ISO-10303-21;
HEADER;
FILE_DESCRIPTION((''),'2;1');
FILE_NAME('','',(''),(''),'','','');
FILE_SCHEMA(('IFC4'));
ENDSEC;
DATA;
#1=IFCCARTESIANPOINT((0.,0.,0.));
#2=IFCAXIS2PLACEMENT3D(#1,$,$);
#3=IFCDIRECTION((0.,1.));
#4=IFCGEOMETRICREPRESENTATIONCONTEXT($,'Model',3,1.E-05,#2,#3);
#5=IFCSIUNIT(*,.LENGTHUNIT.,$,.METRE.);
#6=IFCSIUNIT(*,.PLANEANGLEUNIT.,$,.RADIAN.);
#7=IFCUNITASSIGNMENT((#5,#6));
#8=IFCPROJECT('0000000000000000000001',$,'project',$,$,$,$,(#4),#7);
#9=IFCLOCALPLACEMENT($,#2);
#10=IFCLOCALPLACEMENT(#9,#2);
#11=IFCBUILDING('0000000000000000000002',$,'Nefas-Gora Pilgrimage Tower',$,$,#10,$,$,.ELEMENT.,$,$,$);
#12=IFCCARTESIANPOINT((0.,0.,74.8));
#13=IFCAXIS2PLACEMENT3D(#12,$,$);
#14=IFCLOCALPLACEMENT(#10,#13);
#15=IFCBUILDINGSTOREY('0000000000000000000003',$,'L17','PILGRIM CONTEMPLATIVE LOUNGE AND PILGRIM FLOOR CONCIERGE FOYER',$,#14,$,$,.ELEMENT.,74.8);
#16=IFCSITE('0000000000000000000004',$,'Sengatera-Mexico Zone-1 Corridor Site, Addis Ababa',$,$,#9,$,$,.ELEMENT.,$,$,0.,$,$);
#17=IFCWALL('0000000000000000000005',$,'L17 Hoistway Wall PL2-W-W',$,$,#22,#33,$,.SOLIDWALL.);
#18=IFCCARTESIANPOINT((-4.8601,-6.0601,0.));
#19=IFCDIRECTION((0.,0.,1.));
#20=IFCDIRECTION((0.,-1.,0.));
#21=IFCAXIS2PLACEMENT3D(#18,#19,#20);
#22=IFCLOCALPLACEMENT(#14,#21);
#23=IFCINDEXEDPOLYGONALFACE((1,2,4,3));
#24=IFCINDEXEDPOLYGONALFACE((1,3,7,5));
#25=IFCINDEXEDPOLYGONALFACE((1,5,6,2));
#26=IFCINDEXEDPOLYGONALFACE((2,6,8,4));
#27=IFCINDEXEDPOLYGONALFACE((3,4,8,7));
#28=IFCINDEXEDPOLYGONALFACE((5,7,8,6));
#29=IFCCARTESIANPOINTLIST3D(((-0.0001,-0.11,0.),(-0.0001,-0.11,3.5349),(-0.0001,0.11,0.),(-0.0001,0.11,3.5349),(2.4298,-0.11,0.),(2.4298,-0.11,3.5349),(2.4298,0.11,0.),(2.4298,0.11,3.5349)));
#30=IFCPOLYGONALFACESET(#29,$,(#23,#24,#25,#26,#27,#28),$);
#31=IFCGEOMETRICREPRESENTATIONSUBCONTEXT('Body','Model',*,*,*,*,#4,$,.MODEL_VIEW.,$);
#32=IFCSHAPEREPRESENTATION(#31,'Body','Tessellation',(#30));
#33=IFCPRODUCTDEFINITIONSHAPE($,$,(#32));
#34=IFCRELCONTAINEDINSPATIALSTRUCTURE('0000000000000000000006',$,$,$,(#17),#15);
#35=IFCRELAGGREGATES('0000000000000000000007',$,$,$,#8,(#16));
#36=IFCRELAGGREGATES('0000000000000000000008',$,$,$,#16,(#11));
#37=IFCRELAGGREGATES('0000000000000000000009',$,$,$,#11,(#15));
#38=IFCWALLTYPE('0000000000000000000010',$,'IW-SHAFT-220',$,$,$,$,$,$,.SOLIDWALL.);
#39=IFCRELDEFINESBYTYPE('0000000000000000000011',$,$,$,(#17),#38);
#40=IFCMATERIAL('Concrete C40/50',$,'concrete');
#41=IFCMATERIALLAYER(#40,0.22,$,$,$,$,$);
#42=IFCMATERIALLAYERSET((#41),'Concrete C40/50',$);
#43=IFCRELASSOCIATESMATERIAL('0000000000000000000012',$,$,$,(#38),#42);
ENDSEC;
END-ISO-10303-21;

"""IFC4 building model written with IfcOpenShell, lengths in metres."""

from ifc_helpers import new_model, si_unit, direction, frame, frame_2d, origin, place, context, subcontext, project, spatial, rectangle, extrude, source, transform, mapped, material, layer, layer_set, type_object, element, save


model = new_model("IFC4")

# Units and contexts
model_context = context("Model", 3, precision=1e-05, world=origin(), true_north=direction((0.0, 1.0)))
body_context = subcontext(model_context, "Body", "Model", "MODEL_VIEW")
ifc_project = project(units=[si_unit("LENGTHUNIT", "METRE"), si_unit("PLANEANGLEUNIT", "RADIAN")], contexts=[model_context])

# Site, building, storey
site_placement = place(None, origin())
site = spatial("IfcSite", under=ifc_project, at=site_placement, Name="Sengatera-Mexico Zone-1 Corridor Site, Addis Ababa", CompositionType="ELEMENT", RefElevation=0.0)
building_placement = place(site_placement, origin())
building = spatial("IfcBuilding", under=site, at=building_placement, Name="Nefas-Gora Pilgrimage Tower", CompositionType="ELEMENT")
storey_placement = place(building_placement, frame((0.0, 0.0, 74.8)))
storey = spatial("IfcBuildingStorey", under=building, at=storey_placement, Name="L17", Description="PILGRIM CONTEMPLATIVE LOUNGE AND PILGRIM FLOOR CONCIERGE FOYER", CompositionType="ELEMENT", Elevation=74.8)

# Wall
ifc_material_1 = material(Name="Concrete C40/50", Category="concrete")
ifc_layer_1 = layer(ifc_material_1, 0.22)
ifc_layer_set_1 = layer_set([ifc_layer_1], Name="Concrete C40/50")
wall_type_1 = type_object("IfcWallType", Name="IW-SHAFT-220", PredefinedType="SOLIDWALL", material=ifc_layer_set_1)
shared_shape_1 = source(origin(), body_context, "Body", "SweptSolid", [
    extrude(rectangle(XDim=2.4299, YDim=0.22, at=frame_2d((1.2148, 0.0))), origin(), (0.0, 0.0, 1.0), 3.5349),
])
for number, where, z_axis, x_axis, name in (
    (1, (-4.8601, -6.0601, 0.0), (0.0, 0.0, 1.0), (0.0, -1.0, 0.0), "L17 Hoistway Wall PL2-W-W"),
):
    element("IfcWall", number, at=place(storey_placement, frame(where, z_axis=z_axis, x_axis=x_axis)), inside=storey, type_object=wall_type_1, Name=name, PredefinedType="SOLIDWALL", context=body_context, shape_type="MappedRepresentation", body=[
        mapped(shared_shape_1, transform((0.0, 0.0, 0.0), x_axis=(1.0, 0.0, 0.0), y_axis=(0.0, 1.0, 0.0), z_axis=(0.0, 0.0, 1.0), scale=1.0)),
    ])

save(model, "model.ifc")
